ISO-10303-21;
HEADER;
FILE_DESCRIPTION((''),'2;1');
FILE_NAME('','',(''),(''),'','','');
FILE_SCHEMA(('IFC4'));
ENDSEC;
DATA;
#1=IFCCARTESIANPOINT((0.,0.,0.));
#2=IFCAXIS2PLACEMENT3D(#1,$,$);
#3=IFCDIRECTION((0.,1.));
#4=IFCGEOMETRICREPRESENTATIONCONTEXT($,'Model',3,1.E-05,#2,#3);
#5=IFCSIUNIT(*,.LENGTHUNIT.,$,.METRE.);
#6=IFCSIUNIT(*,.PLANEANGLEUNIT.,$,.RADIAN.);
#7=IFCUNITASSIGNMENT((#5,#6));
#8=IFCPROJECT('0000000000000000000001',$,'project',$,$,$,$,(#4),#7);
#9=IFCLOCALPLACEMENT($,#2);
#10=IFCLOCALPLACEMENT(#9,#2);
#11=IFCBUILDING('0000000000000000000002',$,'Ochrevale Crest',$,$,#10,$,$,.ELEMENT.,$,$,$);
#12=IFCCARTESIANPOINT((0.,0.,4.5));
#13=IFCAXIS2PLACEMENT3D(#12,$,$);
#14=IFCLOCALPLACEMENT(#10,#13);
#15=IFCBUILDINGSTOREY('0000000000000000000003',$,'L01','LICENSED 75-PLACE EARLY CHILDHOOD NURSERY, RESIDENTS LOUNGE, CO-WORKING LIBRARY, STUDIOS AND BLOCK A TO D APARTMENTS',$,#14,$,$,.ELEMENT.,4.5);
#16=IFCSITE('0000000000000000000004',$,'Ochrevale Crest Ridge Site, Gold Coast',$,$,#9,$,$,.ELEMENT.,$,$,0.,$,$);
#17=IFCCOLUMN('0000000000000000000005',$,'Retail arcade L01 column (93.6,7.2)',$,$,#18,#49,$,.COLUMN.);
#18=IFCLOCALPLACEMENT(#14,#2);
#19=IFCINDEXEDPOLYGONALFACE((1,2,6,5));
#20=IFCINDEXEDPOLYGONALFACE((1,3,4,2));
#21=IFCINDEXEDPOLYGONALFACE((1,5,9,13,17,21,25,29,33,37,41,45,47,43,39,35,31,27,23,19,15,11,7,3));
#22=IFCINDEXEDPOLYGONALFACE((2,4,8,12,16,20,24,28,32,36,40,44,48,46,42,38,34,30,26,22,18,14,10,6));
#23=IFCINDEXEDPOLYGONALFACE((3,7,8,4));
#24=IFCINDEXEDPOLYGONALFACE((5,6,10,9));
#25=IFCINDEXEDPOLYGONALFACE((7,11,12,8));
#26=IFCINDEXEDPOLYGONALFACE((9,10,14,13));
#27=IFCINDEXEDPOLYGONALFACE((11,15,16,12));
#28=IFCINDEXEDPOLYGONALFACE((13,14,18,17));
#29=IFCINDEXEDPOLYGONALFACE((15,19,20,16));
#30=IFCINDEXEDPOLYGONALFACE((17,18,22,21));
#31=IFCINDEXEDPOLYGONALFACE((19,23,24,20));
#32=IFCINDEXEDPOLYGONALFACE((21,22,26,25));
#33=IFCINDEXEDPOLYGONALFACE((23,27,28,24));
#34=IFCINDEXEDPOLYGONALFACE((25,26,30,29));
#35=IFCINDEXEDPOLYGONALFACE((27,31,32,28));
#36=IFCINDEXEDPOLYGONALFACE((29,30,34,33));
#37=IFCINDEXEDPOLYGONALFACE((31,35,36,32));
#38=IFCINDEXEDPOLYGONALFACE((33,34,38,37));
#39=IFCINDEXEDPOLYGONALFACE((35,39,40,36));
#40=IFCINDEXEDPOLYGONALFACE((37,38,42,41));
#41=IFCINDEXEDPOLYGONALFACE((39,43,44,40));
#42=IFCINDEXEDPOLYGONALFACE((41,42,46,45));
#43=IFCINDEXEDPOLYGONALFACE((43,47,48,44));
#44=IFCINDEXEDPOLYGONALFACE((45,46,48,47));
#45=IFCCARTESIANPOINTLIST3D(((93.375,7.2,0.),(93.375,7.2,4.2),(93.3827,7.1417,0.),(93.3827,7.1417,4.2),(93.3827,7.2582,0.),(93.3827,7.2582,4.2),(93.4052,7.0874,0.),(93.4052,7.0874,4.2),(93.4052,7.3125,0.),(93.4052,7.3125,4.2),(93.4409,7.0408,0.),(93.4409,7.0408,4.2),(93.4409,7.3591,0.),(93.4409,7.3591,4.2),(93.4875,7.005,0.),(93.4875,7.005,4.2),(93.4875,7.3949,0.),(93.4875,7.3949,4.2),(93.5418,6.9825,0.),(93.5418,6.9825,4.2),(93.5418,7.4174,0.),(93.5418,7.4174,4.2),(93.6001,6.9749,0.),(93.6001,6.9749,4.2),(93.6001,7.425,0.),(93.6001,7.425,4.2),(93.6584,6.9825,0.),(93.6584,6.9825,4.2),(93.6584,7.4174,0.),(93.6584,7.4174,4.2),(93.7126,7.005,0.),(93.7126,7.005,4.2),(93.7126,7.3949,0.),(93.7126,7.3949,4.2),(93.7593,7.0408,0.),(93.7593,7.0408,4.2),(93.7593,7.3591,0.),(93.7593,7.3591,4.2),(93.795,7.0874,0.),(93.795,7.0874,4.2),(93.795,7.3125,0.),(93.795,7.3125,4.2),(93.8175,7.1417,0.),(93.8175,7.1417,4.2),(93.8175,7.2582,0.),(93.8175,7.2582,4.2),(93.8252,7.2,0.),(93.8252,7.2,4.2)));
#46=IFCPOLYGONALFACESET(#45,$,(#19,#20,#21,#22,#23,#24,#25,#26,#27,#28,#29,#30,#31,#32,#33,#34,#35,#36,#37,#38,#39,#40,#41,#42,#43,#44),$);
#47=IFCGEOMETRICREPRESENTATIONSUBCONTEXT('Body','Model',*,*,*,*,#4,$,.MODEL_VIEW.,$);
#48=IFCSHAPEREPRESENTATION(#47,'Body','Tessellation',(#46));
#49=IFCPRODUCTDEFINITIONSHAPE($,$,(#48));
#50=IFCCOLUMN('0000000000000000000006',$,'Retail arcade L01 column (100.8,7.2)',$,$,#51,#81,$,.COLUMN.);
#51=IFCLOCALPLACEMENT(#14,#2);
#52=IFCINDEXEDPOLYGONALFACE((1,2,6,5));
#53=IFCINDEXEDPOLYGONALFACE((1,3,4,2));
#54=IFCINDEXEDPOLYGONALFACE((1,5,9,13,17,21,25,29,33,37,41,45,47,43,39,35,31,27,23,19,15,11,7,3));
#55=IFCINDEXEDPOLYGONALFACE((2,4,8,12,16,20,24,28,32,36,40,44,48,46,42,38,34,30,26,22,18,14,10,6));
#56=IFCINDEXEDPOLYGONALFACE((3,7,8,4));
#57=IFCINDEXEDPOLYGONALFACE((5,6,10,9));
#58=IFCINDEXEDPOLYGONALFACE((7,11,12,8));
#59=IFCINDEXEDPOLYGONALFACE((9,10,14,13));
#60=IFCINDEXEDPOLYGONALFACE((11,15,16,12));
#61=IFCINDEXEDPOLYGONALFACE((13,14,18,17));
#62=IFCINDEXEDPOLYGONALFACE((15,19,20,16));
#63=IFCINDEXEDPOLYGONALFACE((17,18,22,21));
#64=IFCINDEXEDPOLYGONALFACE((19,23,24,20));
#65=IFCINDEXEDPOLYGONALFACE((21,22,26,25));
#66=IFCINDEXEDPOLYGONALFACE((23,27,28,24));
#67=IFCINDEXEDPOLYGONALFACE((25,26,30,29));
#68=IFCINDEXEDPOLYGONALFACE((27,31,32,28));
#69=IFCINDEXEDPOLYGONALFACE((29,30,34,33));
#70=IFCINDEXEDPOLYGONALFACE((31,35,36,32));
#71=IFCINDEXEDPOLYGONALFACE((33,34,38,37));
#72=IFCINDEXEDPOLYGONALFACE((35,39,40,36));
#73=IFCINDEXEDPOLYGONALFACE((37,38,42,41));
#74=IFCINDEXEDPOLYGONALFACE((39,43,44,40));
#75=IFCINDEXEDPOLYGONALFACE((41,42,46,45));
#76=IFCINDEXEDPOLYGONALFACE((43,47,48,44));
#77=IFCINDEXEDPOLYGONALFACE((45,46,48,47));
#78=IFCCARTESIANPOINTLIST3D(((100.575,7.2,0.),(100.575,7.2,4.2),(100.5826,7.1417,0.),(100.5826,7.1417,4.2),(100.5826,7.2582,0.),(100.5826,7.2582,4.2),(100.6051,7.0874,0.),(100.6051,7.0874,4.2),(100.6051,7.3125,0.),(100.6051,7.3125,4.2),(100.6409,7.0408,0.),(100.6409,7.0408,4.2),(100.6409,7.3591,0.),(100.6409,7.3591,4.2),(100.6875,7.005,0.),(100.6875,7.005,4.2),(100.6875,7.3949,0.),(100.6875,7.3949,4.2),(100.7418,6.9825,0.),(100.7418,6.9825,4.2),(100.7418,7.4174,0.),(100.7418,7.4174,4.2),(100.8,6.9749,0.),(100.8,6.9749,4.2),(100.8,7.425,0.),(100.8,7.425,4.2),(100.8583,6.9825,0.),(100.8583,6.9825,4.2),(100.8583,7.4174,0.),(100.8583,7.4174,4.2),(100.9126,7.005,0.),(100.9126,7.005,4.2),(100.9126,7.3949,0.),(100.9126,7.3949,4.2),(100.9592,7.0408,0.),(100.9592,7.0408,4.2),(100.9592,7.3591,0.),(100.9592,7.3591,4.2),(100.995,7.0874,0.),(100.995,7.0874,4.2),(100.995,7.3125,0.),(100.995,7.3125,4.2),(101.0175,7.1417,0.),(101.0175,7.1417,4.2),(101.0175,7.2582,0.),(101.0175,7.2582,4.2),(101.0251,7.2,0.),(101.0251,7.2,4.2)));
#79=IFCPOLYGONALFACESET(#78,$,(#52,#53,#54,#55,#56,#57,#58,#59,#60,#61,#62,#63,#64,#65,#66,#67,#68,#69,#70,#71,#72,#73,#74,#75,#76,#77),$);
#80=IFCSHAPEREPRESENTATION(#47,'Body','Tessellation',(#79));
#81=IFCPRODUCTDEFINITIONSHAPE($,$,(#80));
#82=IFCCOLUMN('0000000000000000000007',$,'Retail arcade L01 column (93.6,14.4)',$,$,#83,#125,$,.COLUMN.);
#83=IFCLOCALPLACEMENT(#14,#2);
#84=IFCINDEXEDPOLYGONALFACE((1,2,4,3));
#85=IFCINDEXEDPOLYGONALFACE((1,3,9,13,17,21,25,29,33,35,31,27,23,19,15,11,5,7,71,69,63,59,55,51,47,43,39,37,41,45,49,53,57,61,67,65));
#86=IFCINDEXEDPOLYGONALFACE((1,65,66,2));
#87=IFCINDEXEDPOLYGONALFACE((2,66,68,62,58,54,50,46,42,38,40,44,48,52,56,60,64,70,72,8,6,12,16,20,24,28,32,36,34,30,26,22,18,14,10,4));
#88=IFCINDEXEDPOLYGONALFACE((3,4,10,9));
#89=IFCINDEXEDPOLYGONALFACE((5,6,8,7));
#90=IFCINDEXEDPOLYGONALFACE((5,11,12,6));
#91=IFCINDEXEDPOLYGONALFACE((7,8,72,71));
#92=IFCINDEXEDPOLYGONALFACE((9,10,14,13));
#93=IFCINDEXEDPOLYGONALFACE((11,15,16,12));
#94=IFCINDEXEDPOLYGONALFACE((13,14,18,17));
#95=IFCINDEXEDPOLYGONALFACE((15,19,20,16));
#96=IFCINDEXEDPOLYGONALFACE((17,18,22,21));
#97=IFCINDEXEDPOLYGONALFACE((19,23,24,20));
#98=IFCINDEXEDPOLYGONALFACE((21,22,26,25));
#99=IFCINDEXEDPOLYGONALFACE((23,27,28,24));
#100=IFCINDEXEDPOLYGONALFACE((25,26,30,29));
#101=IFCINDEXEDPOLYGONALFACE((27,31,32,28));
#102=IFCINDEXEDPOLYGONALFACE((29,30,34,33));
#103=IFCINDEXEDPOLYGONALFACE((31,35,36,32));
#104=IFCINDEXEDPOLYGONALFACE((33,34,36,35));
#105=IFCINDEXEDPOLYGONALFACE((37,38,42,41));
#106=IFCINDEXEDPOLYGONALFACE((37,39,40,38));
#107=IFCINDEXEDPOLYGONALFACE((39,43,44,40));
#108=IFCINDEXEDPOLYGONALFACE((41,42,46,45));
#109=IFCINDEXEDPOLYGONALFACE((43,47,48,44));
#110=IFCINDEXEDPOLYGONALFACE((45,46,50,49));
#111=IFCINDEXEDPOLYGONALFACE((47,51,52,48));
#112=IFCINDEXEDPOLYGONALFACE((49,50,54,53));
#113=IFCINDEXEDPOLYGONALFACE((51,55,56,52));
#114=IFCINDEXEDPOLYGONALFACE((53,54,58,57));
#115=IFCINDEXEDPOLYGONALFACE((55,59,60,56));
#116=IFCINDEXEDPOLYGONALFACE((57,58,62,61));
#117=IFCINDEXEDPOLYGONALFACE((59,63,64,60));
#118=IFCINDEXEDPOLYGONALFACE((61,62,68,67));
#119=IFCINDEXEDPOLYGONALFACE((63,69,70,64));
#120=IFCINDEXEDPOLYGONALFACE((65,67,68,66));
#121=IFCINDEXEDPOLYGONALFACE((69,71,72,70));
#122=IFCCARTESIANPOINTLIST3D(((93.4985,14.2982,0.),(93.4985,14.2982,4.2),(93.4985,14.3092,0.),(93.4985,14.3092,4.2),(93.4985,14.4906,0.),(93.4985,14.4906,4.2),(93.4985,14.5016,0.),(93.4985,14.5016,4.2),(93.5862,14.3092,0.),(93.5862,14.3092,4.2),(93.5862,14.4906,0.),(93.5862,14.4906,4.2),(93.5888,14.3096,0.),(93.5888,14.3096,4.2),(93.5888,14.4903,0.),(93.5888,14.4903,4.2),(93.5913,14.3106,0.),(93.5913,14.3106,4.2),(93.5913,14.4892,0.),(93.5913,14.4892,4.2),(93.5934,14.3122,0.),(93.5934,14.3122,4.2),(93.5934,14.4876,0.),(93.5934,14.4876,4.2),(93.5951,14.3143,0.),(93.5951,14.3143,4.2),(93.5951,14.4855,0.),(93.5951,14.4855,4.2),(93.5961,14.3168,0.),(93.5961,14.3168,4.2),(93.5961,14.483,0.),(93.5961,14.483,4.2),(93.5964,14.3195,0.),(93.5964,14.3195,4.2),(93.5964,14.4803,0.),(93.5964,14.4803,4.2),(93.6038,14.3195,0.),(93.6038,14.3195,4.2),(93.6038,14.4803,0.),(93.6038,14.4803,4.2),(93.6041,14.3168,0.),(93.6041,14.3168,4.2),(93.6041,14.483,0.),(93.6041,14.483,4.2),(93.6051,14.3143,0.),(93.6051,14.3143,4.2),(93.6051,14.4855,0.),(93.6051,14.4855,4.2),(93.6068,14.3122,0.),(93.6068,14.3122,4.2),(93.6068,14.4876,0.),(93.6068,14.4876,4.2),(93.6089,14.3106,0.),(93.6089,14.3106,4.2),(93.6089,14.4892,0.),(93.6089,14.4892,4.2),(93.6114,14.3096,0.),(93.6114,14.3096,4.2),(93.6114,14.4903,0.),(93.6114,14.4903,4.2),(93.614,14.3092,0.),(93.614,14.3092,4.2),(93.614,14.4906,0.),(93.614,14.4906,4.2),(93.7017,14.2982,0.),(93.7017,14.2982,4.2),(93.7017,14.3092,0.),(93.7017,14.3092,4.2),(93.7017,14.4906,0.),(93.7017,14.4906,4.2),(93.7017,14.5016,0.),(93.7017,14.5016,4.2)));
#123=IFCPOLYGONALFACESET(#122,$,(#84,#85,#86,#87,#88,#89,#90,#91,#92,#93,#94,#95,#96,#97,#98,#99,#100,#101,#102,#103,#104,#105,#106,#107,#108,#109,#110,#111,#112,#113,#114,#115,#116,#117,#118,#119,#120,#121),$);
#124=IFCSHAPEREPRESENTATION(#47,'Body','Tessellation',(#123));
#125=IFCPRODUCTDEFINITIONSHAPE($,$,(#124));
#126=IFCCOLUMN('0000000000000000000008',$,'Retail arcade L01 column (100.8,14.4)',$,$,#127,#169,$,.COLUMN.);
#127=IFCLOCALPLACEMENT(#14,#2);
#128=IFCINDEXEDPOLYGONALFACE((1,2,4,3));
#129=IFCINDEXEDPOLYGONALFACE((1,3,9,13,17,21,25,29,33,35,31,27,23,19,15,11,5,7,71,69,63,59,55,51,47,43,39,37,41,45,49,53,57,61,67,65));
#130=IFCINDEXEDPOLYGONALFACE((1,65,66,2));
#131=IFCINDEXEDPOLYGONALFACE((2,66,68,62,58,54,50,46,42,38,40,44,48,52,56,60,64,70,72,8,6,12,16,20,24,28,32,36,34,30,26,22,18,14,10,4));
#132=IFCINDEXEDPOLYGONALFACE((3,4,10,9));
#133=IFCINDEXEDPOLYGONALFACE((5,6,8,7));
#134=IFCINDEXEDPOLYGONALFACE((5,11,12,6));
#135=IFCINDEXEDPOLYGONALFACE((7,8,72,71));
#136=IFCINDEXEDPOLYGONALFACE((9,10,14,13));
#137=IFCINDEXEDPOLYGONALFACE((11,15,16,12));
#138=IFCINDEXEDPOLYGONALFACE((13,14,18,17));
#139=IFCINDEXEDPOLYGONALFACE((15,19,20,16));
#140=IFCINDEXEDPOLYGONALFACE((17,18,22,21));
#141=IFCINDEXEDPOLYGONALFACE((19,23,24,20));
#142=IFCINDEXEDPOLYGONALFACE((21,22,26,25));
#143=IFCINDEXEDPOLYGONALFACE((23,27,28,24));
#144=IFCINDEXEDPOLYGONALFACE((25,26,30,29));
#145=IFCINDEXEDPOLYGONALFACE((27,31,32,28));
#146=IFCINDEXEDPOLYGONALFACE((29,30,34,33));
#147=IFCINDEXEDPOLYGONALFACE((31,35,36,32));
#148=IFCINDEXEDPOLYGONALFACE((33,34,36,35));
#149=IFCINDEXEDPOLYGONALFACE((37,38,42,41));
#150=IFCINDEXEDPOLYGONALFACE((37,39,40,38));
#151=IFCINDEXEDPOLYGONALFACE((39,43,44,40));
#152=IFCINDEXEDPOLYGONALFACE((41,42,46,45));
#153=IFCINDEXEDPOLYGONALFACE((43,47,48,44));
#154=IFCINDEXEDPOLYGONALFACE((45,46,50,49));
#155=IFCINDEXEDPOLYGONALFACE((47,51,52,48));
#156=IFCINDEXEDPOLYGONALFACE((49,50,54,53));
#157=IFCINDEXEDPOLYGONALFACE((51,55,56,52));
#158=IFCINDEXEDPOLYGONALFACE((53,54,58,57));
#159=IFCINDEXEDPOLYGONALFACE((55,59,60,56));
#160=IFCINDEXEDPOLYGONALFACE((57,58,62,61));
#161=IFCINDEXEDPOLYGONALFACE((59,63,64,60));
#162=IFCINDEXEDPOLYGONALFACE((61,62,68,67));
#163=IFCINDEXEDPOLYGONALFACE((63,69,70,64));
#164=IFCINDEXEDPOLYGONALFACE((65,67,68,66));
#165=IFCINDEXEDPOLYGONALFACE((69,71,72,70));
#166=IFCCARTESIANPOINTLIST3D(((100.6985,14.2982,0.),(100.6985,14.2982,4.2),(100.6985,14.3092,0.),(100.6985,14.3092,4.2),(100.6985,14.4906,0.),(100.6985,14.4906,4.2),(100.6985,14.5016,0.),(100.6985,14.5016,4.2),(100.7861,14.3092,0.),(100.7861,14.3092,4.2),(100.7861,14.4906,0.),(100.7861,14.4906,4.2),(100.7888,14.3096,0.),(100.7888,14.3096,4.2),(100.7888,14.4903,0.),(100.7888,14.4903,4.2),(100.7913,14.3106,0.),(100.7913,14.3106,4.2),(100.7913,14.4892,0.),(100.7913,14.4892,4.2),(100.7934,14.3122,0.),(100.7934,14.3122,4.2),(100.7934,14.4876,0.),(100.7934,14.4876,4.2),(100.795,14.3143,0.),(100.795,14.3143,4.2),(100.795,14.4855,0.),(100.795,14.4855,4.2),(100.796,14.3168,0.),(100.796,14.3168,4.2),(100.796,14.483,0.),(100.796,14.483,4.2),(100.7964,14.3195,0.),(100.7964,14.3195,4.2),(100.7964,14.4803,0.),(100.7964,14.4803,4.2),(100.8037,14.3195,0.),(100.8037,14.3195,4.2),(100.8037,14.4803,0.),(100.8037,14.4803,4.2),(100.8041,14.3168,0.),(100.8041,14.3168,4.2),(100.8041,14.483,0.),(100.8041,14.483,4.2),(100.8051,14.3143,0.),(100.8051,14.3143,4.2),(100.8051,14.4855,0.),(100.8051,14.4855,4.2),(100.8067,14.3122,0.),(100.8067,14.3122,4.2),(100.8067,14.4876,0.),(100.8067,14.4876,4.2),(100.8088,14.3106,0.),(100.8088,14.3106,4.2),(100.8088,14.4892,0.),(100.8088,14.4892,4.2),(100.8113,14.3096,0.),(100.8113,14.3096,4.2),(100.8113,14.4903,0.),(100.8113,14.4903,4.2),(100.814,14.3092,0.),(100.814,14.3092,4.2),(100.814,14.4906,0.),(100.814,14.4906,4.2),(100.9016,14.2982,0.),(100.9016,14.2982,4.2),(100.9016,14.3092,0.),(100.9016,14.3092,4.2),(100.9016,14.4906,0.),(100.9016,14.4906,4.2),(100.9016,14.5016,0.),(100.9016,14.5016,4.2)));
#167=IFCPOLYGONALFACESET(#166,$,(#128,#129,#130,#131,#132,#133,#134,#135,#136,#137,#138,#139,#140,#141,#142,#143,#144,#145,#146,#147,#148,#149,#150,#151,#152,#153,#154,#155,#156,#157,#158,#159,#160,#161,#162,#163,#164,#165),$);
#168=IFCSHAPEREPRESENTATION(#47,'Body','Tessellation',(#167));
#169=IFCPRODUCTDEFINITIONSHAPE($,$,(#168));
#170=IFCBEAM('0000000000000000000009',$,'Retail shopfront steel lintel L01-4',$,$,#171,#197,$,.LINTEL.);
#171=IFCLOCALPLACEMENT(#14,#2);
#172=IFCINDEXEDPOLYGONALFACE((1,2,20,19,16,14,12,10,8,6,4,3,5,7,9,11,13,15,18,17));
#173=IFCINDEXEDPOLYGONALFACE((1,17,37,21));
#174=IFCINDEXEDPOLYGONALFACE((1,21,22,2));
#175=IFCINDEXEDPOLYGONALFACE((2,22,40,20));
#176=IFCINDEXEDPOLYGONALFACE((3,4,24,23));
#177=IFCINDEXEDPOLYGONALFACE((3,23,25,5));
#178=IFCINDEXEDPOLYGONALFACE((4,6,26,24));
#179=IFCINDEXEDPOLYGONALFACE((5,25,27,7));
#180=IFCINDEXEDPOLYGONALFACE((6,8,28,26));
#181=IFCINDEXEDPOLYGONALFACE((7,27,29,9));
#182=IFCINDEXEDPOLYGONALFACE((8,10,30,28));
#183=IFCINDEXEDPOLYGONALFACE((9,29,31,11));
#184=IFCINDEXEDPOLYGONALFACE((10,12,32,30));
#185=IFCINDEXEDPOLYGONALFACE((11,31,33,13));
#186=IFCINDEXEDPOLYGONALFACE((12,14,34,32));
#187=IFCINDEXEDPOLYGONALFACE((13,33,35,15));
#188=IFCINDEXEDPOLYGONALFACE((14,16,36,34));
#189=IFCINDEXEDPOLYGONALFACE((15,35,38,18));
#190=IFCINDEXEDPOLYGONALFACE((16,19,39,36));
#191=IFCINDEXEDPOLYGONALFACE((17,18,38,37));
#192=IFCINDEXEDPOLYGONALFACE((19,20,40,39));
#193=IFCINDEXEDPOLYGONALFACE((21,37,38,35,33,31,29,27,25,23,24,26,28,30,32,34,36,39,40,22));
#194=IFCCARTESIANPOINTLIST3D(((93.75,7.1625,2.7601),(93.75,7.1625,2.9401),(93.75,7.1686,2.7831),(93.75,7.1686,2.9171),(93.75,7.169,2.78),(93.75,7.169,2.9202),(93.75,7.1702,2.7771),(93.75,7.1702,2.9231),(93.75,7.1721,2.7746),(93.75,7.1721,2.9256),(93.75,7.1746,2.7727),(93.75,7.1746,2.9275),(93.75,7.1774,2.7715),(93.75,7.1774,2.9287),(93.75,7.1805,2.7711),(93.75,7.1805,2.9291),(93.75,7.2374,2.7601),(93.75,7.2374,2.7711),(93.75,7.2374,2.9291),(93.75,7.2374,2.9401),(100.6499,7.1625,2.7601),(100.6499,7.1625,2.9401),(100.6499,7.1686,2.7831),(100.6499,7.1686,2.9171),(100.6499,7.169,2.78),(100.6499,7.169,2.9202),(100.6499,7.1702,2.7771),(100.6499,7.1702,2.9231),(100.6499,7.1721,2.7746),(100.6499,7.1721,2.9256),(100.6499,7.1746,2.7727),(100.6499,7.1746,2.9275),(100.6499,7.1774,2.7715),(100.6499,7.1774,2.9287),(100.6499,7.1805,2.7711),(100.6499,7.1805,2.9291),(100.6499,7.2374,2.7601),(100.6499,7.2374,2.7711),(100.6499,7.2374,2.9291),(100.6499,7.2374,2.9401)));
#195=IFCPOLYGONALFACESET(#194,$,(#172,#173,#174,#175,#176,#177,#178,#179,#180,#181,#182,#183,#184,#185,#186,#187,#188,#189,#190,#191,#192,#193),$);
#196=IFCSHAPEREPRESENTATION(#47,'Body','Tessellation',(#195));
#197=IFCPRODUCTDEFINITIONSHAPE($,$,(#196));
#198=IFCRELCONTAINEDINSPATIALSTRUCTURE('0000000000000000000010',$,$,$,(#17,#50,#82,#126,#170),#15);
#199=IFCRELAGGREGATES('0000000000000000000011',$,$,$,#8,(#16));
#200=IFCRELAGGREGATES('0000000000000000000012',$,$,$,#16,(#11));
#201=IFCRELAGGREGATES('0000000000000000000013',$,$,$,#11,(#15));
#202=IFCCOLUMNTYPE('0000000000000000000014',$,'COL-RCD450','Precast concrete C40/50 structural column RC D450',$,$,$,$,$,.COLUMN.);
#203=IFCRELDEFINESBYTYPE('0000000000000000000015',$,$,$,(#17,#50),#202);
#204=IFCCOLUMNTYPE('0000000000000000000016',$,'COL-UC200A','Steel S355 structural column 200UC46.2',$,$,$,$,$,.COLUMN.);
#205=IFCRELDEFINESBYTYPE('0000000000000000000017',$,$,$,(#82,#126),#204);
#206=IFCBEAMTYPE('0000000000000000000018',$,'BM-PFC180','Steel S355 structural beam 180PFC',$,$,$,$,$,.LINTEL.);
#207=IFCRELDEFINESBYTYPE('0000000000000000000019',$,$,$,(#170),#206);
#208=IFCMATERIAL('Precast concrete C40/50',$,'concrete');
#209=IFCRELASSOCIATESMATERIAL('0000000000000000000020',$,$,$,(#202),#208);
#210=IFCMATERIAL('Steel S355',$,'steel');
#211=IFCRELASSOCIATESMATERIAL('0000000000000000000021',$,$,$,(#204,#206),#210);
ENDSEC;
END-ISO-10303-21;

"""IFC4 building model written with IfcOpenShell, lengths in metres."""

from ifc_helpers import new_model, si_unit, direction, frame, origin, origin_2d, place, context, subcontext, project, spatial, circle, i_section, u_section, extrude, material, material_profile, profile_set, type_object, element, save


model = new_model("IFC4")

# Units and contexts
model_context = context("Model", 3, precision=1e-05, world=origin(), true_north=direction((0.0, 1.0)))
body_context = subcontext(model_context, "Body", "Model", "MODEL_VIEW")
ifc_project = project(units=[si_unit("LENGTHUNIT", "METRE"), si_unit("PLANEANGLEUNIT", "RADIAN")], contexts=[model_context])

# Site, building, storey
site_placement = place(None, origin())
site = spatial("IfcSite", under=ifc_project, at=site_placement, Name="Ochrevale Crest Ridge Site, Gold Coast", CompositionType="ELEMENT", RefElevation=0.0)
building_placement = place(site_placement, origin())
building = spatial("IfcBuilding", under=site, at=building_placement, Name="Ochrevale Crest", CompositionType="ELEMENT")
storey_placement = place(building_placement, frame((0.0, 0.0, 4.5)))
storey = spatial("IfcBuildingStorey", under=building, at=storey_placement, Name="L01", Description="LICENSED 75-PLACE EARLY CHILDHOOD NURSERY, RESIDENTS LOUNGE, CO-WORKING LIBRARY, STUDIOS AND BLOCK A TO D APARTMENTS", CompositionType="ELEMENT", Elevation=4.5)

# Columns
ifc_material_1 = material(Name="Precast concrete C40/50", Category="concrete")
ifc_material_profile_1 = material_profile(ifc_material_1, circle(Radius=0.2251, at=origin_2d()), Name="RC D450")
ifc_profile_set_1 = profile_set([ifc_material_profile_1], Name="Precast concrete C40/50")
column_type_1 = type_object("IfcColumnType", Name="COL-RCD450", Description="Precast concrete C40/50 structural column RC D450", PredefinedType="COLUMN", material=ifc_profile_set_1)
for number, where, z_axis, x_axis, name in (
    (1, (93.6001, 7.2, 0.0), (0.0, 0.0, 1.0), (1.0, 0.0, 0.0), "Retail arcade L01 column (93.6,7.2)"),
    (2, (100.8, 7.2, 0.0), (0.0, 0.0, 1.0), (1.0, 0.0, 0.0), "Retail arcade L01 column (100.8,7.2)"),
):
    element("IfcColumn", number, at=place(storey_placement, frame(where, z_axis=z_axis, x_axis=x_axis)), inside=storey, type_object=column_type_1, Name=name, PredefinedType="COLUMN", context=body_context, shape_type="SweptSolid", body=[
        extrude(circle(Radius=0.2251, at=origin_2d()), origin(), (0.0, 0.0, 1.0), 4.2),
    ])
ifc_material_2 = material(Name="Steel S355", Category="steel")
ifc_material_profile_2 = material_profile(ifc_material_2, i_section(OverallWidth=0.2031, OverallDepth=0.2034, WebThickness=0.0073, FlangeThickness=0.011, FilletRadius=0.0103, at=origin_2d()), Name="200UC46.2")
ifc_profile_set_2 = profile_set([ifc_material_profile_2], Name="Steel S355")
column_type_2 = type_object("IfcColumnType", Name="COL-UC200A", Description="Steel S355 structural column 200UC46.2", PredefinedType="COLUMN", material=ifc_profile_set_2)
for number, where, z_axis, x_axis, name in (
    (3, (93.6001, 14.3999, 0.0), (0.0, 0.0, 1.0), (1.0, 0.0, 0.0), "Retail arcade L01 column (93.6,14.4)"),
    (4, (100.8, 14.3999, 0.0), (0.0, 0.0, 1.0), (1.0, 0.0, 0.0), "Retail arcade L01 column (100.8,14.4)"),
):
    element("IfcColumn", number, at=place(storey_placement, frame(where, z_axis=z_axis, x_axis=x_axis)), inside=storey, type_object=column_type_2, Name=name, PredefinedType="COLUMN", context=body_context, shape_type="SweptSolid", body=[
        extrude(i_section(OverallWidth=0.2031, OverallDepth=0.2034, WebThickness=0.0073, FlangeThickness=0.011, FilletRadius=0.0103, at=origin_2d()), origin(), (0.0, 0.0, 1.0), 4.2),
    ])

# Beam
ifc_material_profile_3 = material_profile(ifc_material_2, u_section(Depth=0.1799, FlangeWidth=0.075, WebThickness=0.0061, FlangeThickness=0.011, FilletRadius=0.012, at=origin_2d()), Name="180PFC")
ifc_profile_set_3 = profile_set([ifc_material_profile_3], Name="Steel S355")
beam_type_1 = type_object("IfcBeamType", Name="BM-PFC180", Description="Steel S355 structural beam 180PFC", PredefinedType="LINTEL", material=ifc_profile_set_3)
beam_1_placement = place(storey_placement, frame((93.75, 7.2, 2.8501), z_axis=(1.0, 0.0, 0.0), x_axis=(0.0, 1.0, 0.0)))
element("IfcBeam", 5, at=beam_1_placement, inside=storey, type_object=beam_type_1, Name="Retail shopfront steel lintel L01-4", PredefinedType="LINTEL", context=body_context, shape_type="SweptSolid", body=[
    extrude(u_section(Depth=0.1799, FlangeWidth=0.075, WebThickness=0.0061, FlangeThickness=0.011, FilletRadius=0.012, at=origin_2d()), origin(), (0.0, 0.0, 1.0), 6.8999),
])

save(model, "model.ifc")
